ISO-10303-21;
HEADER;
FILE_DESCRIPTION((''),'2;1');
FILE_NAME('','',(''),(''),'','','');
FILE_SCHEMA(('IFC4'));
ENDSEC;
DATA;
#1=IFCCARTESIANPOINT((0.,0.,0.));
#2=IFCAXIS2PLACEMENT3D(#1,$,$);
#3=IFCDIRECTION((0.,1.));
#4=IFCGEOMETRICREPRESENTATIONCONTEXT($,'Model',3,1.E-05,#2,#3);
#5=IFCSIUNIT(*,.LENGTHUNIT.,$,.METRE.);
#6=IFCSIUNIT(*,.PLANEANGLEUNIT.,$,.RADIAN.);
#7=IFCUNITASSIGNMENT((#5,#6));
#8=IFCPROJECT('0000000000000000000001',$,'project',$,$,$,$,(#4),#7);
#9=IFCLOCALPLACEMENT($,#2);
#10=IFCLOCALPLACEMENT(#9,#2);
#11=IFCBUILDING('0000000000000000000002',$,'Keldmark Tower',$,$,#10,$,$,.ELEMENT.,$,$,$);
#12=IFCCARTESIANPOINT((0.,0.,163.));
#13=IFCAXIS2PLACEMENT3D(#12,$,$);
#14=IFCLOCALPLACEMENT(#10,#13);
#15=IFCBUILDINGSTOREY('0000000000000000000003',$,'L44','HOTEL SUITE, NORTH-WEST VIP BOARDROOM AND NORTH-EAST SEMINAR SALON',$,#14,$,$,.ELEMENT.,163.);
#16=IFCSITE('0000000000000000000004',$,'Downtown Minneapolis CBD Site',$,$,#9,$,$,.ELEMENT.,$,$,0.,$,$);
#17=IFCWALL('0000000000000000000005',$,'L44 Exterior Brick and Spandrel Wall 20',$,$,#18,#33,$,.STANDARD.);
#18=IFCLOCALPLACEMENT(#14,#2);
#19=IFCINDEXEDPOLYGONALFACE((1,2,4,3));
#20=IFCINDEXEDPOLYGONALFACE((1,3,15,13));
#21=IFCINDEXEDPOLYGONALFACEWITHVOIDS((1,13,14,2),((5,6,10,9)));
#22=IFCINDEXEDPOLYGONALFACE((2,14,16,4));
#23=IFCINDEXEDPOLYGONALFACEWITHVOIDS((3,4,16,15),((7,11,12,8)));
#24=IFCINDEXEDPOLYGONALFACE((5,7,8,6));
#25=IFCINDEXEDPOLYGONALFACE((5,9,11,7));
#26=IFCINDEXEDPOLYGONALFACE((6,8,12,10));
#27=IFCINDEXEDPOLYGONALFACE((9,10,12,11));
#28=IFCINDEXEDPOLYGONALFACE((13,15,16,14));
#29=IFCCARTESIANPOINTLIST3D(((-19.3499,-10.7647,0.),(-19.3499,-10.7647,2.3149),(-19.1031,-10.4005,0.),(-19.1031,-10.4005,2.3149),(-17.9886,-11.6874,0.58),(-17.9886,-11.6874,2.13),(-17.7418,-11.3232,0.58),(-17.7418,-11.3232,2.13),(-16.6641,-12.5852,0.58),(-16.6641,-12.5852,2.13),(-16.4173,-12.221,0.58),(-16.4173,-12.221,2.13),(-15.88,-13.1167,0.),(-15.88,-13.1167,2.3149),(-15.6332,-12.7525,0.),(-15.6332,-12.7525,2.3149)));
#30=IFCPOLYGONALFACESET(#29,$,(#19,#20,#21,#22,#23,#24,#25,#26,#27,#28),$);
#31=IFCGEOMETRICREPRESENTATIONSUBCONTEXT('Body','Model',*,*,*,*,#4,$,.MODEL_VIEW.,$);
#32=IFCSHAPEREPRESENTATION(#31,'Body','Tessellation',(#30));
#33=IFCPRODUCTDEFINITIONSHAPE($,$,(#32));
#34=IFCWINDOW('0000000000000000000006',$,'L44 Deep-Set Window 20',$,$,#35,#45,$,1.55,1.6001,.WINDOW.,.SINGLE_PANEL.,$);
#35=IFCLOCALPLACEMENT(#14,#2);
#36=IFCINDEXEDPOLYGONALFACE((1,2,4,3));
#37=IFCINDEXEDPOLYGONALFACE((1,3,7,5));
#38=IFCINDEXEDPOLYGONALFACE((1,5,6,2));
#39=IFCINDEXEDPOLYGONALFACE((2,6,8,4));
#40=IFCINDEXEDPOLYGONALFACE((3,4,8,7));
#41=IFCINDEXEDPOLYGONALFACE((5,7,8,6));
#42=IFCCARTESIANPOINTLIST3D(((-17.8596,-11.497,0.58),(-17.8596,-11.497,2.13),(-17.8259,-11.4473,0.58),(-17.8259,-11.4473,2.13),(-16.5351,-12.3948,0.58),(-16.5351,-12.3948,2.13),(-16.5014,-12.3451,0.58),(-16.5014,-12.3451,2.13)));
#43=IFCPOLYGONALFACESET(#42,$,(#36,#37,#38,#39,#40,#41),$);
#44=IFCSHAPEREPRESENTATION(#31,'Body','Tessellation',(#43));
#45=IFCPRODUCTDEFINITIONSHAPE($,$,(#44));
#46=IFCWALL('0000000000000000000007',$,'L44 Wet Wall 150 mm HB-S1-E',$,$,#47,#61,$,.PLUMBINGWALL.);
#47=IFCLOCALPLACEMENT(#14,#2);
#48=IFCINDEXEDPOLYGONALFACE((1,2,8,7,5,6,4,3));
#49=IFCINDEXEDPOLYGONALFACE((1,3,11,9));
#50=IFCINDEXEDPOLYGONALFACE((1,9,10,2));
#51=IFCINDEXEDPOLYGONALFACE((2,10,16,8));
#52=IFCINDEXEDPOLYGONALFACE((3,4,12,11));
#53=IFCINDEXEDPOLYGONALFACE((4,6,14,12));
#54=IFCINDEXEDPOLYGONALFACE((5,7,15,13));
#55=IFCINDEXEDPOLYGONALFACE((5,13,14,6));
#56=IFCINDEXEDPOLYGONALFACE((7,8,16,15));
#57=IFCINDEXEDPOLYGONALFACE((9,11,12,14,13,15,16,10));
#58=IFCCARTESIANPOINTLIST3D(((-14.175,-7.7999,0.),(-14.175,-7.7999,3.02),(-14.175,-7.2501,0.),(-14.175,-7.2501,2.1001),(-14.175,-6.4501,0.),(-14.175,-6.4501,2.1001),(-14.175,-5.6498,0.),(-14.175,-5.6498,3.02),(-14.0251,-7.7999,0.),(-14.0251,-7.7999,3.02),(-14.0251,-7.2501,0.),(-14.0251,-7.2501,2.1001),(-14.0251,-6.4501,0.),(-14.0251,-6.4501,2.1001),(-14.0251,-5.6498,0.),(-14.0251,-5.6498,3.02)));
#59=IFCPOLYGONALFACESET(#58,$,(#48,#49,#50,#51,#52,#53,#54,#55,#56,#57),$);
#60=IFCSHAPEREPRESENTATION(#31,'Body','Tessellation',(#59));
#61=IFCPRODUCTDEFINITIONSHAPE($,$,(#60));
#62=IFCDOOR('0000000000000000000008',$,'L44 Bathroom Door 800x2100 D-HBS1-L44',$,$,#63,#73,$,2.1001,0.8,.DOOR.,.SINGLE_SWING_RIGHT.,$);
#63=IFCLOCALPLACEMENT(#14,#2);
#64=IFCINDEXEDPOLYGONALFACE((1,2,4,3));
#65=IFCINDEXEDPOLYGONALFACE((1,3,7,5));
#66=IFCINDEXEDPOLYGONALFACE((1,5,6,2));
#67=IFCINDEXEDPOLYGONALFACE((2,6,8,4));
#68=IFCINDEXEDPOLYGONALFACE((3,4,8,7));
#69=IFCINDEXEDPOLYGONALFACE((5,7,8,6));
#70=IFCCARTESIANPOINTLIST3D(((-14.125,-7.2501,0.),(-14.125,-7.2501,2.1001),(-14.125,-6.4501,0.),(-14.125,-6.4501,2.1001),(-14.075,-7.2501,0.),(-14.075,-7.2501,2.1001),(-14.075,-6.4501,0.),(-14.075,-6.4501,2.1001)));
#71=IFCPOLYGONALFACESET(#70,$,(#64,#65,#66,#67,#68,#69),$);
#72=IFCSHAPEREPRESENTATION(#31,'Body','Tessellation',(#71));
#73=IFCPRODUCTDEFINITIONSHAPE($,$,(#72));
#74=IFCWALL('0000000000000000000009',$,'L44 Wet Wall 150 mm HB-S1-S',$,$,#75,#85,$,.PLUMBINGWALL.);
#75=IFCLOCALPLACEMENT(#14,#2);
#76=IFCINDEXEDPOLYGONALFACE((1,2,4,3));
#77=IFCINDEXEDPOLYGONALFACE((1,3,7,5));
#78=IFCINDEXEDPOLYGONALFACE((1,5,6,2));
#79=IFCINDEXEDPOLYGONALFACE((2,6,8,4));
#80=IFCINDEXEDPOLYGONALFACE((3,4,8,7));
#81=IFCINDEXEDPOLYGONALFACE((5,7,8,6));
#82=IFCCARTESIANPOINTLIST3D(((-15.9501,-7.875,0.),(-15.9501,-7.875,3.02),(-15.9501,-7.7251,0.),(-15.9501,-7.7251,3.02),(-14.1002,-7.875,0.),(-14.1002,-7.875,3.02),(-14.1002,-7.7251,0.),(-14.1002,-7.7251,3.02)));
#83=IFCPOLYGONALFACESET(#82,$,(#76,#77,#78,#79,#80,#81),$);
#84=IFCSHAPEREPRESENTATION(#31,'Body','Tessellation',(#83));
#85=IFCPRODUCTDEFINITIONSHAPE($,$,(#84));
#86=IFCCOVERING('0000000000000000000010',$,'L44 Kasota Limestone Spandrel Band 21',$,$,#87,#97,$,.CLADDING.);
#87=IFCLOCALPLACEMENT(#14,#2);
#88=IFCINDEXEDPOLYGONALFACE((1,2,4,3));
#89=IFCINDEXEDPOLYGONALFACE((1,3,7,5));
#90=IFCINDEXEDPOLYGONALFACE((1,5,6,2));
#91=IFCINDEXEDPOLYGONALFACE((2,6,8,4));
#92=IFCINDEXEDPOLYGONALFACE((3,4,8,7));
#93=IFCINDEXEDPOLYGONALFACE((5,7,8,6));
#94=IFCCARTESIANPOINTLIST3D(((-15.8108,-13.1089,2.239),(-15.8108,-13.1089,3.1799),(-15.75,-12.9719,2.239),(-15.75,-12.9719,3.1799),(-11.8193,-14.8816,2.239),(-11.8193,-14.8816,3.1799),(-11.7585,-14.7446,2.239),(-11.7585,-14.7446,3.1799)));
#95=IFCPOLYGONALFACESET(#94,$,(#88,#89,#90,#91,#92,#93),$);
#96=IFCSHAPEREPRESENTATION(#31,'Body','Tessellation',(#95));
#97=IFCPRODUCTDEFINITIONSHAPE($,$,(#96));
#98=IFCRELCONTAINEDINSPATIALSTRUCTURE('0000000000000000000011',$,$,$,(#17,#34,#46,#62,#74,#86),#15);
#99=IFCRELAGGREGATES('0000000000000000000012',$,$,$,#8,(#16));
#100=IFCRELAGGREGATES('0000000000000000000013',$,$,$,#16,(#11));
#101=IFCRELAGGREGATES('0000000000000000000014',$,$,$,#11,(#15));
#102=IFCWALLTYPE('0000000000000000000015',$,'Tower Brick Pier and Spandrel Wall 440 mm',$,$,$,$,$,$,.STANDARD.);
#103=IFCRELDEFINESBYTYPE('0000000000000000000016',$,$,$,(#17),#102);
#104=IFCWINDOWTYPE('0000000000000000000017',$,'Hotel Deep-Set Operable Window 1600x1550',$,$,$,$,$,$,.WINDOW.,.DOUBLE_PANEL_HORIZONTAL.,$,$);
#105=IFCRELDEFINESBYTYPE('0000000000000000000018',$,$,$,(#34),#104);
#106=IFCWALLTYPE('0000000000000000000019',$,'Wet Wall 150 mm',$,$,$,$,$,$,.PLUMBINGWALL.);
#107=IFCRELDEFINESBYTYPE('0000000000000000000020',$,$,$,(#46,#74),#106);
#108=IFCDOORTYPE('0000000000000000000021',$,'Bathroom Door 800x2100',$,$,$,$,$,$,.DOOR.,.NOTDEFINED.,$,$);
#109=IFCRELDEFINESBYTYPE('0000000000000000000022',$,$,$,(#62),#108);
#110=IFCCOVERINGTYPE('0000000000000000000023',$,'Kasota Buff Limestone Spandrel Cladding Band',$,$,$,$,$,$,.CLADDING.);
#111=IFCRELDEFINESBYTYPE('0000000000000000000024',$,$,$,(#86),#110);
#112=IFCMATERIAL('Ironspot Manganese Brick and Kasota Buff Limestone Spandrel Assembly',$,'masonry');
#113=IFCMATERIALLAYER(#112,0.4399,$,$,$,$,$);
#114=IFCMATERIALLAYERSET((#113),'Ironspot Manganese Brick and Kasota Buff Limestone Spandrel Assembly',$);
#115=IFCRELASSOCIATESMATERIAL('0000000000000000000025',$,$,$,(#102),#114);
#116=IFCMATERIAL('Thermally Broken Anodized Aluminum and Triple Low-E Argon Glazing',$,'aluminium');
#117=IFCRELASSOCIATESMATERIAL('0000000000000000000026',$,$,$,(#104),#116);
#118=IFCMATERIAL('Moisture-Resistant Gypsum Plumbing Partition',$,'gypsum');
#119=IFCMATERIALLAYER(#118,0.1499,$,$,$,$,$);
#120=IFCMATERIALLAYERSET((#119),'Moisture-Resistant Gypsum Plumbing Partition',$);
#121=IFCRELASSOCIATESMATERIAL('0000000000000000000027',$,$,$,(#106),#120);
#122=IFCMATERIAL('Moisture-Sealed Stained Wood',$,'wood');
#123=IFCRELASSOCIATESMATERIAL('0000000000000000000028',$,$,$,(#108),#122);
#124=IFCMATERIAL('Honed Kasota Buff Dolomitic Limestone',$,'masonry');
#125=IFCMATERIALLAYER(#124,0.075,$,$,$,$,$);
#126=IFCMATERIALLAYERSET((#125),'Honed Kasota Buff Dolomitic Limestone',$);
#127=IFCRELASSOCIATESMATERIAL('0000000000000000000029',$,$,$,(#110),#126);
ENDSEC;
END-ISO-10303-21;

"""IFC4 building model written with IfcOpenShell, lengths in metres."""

from ifc_helpers import new_model, si_unit, direction, frame, frame_2d, origin, origin_2d, place, context, subcontext, project, spatial, rectangle, extrude, material, layer, layer_set, type_object, element, fill, save


model = new_model("IFC4")

# Units and contexts
model_context = context("Model", 3, precision=1e-05, world=origin(), true_north=direction((0.0, 1.0)))
body_context = subcontext(model_context, "Body", "Model", "MODEL_VIEW")
ifc_project = project(units=[si_unit("LENGTHUNIT", "METRE"), si_unit("PLANEANGLEUNIT", "RADIAN")], contexts=[model_context])

# Site, building, storey
site_placement = place(None, origin())
site = spatial("IfcSite", under=ifc_project, at=site_placement, Name="Downtown Minneapolis CBD Site", CompositionType="ELEMENT", RefElevation=0.0)
building_placement = place(site_placement, origin())
building = spatial("IfcBuilding", under=site, at=building_placement, Name="Keldmark Tower", CompositionType="ELEMENT")
storey_placement = place(building_placement, frame((0.0, 0.0, 163.0)))
storey = spatial("IfcBuildingStorey", under=building, at=storey_placement, Name="L44", Description="HOTEL SUITE, NORTH-WEST VIP BOARDROOM AND NORTH-EAST SEMINAR SALON", CompositionType="ELEMENT", Elevation=163.0)

# Wall, opening, window
ifc_material_1 = material(Name="Ironspot Manganese Brick and Kasota Buff Limestone Spandrel Assembly", Category="masonry")
ifc_layer_1 = layer(ifc_material_1, 0.4399)
ifc_layer_set_1 = layer_set([ifc_layer_1], Name="Ironspot Manganese Brick and Kasota Buff Limestone Spandrel Assembly")
wall_type_1 = type_object("IfcWallType", Name="Tower Brick Pier and Spandrel Wall 440 mm", PredefinedType="STANDARD", material=ifc_layer_set_1)
wall_1_placement = place(storey_placement, frame((-15.7566, -12.9346, 0.0), z_axis=(0.0, 0.0, 1.0), x_axis=(-0.827761, 0.561081, 0.0)))
wall_1 = element("IfcWall", 1, at=wall_1_placement, inside=storey, type_object=wall_type_1, Name="L44 Exterior Brick and Spandrel Wall 20", PredefinedType="STANDARD", context=body_context, shape_type="SweptSolid", body=[
    extrude(rectangle(XDim=4.1919, YDim=0.4399, at=frame_2d((2.0959, 0.0))), origin(), (0.0, 0.0, 1.0), 2.3149),
])
opening_1_placement = place(wall_1_placement, frame((0.9473, 0.0, 0.5801)))
opening_1 = element("IfcOpeningElement", 2, at=opening_1_placement, cuts=wall_1, PredefinedType="OPENING", context=body_context, shape_type="SweptSolid", body=[
    extrude(rectangle(XDim=1.6001, YDim=1.55, at=frame_2d((0.8, 0.7749))), frame((0.0, 0.23, 0.0), z_axis=(0.0, -1.0, 0.0), x_axis=(1.0, 0.0, 0.0)), (0.0, 0.0, 1.0), 0.46),
])
ifc_material_2 = material(Name="Thermally Broken Anodized Aluminum and Triple Low-E Argon Glazing", Category="aluminium")
window_type = type_object("IfcWindowType", Name="Hotel Deep-Set Operable Window 1600x1550", PartitioningType="DOUBLE_PANEL_HORIZONTAL", PredefinedType="WINDOW", material=ifc_material_2)
window_placement = place(opening_1_placement, origin())
window = element("IfcWindow", 3, at=window_placement, inside=storey, type_object=window_type, Name="L44 Deep-Set Window 20", OverallHeight=1.55, OverallWidth=1.6001, PartitioningType="SINGLE_PANEL", PredefinedType="WINDOW", context=body_context, shape_type="SweptSolid", body=[
    extrude(rectangle(XDim=1.6001, YDim=1.55, at=frame_2d((0.8, 0.7749))), frame((0.0, -0.01, 0.0), z_axis=(0.0, -1.0, 0.0), x_axis=(1.0, 0.0, 0.0)), (0.0, 0.0, 1.0), 0.0601),
])
fill(opening_1, window)

# Wall, opening, door
ifc_material_3 = material(Name="Moisture-Resistant Gypsum Plumbing Partition", Category="gypsum")
ifc_layer_2 = layer(ifc_material_3, 0.1499)
ifc_layer_set_2 = layer_set([ifc_layer_2], Name="Moisture-Resistant Gypsum Plumbing Partition")
wall_type_2 = type_object("IfcWallType", Name="Wet Wall 150 mm", PredefinedType="PLUMBINGWALL", material=ifc_layer_set_2)
wall_2_placement = place(storey_placement, frame((-14.1001, -7.8, 0.0), z_axis=(0.0, 0.0, 1.0), x_axis=(0.0, 1.0, 0.0)))
wall_2 = element("IfcWall", 4, at=wall_2_placement, inside=storey, type_object=wall_type_2, Name="L44 Wet Wall 150 mm HB-S1-E", PredefinedType="PLUMBINGWALL", context=body_context, shape_type="SweptSolid", body=[
    extrude(rectangle(XDim=2.1501, YDim=0.1499, at=frame_2d((1.0752, 0.0))), origin(), (0.0, 0.0, 1.0), 3.02),
])
opening_2_placement = place(wall_2_placement, frame((0.55, 0.0, 0.0)))
opening_2 = element("IfcOpeningElement", 5, at=opening_2_placement, cuts=wall_2, PredefinedType="OPENING", context=body_context, shape_type="SweptSolid", body=[
    extrude(rectangle(XDim=0.8, YDim=2.1001, at=frame_2d((0.3999, 1.05))), frame((0.0, 0.085, 0.0), z_axis=(0.0, -1.0, 0.0), x_axis=(1.0, 0.0, 0.0)), (0.0, 0.0, 1.0), 0.1699),
])
ifc_material_4 = material(Name="Moisture-Sealed Stained Wood", Category="wood")
door_type_1 = type_object("IfcDoorType", Name="Bathroom Door 800x2100", OperationType="NOTDEFINED", PredefinedType="DOOR", material=ifc_material_4)
door_1_placement = place(opening_2_placement, origin())
door_1 = element("IfcDoor", 6, at=door_1_placement, inside=storey, type_object=door_type_1, Name="L44 Bathroom Door 800x2100 D-HBS1-L44", OperationType="SINGLE_SWING_RIGHT", OverallHeight=2.1001, OverallWidth=0.8, PredefinedType="DOOR", context=body_context, shape_type="SweptSolid", body=[
    extrude(rectangle(XDim=0.8, YDim=2.1001, at=frame_2d((0.3999, 1.05))), frame((0.0, 0.0249, 0.0), z_axis=(0.0, -1.0, 0.0), x_axis=(1.0, 0.0, 0.0)), (0.0, 0.0, 1.0), 0.05),
])
fill(opening_2, door_1)

# Wall
wall_3_placement = place(storey_placement, frame((-15.95, -7.8, 0.0), z_axis=(0.0, 0.0, 1.0), x_axis=(1.0, 0.0, 0.0)))
element("IfcWall", 7, at=wall_3_placement, inside=storey, type_object=wall_type_2, Name="L44 Wet Wall 150 mm HB-S1-S", PredefinedType="PLUMBINGWALL", context=body_context, shape_type="SweptSolid", body=[
    extrude(rectangle(XDim=1.8499, YDim=0.1499, at=frame_2d((0.9248, 0.0))), origin(), (0.0, 0.0, 1.0), 3.02),
])

# Covering
ifc_material_5 = material(Name="Honed Kasota Buff Dolomitic Limestone", Category="masonry")
ifc_layer_3 = layer(ifc_material_5, 0.075)
ifc_layer_set_3 = layer_set([ifc_layer_3], Name="Honed Kasota Buff Dolomitic Limestone")
covering_type = type_object("IfcCoveringType", Name="Kasota Buff Limestone Spandrel Cladding Band", PredefinedType="CLADDING", material=ifc_layer_set_3)
covering_placement = place(storey_placement, frame((-13.7847, -13.9268, 2.239), z_axis=(0.0, 0.0, 1.0), x_axis=(0.913921, -0.405891, 0.0)))
element("IfcCovering", 8, at=covering_placement, inside=storey, type_object=covering_type, Name="L44 Kasota Limestone Spandrel Band 21", PredefinedType="CLADDING", context=body_context, shape_type="SweptSolid", body=[
    extrude(rectangle(XDim=4.3674, YDim=0.1499, at=origin_2d()), origin(), (0.0, 0.0, 1.0), 0.9409),
])

save(model, "model.ifc")
